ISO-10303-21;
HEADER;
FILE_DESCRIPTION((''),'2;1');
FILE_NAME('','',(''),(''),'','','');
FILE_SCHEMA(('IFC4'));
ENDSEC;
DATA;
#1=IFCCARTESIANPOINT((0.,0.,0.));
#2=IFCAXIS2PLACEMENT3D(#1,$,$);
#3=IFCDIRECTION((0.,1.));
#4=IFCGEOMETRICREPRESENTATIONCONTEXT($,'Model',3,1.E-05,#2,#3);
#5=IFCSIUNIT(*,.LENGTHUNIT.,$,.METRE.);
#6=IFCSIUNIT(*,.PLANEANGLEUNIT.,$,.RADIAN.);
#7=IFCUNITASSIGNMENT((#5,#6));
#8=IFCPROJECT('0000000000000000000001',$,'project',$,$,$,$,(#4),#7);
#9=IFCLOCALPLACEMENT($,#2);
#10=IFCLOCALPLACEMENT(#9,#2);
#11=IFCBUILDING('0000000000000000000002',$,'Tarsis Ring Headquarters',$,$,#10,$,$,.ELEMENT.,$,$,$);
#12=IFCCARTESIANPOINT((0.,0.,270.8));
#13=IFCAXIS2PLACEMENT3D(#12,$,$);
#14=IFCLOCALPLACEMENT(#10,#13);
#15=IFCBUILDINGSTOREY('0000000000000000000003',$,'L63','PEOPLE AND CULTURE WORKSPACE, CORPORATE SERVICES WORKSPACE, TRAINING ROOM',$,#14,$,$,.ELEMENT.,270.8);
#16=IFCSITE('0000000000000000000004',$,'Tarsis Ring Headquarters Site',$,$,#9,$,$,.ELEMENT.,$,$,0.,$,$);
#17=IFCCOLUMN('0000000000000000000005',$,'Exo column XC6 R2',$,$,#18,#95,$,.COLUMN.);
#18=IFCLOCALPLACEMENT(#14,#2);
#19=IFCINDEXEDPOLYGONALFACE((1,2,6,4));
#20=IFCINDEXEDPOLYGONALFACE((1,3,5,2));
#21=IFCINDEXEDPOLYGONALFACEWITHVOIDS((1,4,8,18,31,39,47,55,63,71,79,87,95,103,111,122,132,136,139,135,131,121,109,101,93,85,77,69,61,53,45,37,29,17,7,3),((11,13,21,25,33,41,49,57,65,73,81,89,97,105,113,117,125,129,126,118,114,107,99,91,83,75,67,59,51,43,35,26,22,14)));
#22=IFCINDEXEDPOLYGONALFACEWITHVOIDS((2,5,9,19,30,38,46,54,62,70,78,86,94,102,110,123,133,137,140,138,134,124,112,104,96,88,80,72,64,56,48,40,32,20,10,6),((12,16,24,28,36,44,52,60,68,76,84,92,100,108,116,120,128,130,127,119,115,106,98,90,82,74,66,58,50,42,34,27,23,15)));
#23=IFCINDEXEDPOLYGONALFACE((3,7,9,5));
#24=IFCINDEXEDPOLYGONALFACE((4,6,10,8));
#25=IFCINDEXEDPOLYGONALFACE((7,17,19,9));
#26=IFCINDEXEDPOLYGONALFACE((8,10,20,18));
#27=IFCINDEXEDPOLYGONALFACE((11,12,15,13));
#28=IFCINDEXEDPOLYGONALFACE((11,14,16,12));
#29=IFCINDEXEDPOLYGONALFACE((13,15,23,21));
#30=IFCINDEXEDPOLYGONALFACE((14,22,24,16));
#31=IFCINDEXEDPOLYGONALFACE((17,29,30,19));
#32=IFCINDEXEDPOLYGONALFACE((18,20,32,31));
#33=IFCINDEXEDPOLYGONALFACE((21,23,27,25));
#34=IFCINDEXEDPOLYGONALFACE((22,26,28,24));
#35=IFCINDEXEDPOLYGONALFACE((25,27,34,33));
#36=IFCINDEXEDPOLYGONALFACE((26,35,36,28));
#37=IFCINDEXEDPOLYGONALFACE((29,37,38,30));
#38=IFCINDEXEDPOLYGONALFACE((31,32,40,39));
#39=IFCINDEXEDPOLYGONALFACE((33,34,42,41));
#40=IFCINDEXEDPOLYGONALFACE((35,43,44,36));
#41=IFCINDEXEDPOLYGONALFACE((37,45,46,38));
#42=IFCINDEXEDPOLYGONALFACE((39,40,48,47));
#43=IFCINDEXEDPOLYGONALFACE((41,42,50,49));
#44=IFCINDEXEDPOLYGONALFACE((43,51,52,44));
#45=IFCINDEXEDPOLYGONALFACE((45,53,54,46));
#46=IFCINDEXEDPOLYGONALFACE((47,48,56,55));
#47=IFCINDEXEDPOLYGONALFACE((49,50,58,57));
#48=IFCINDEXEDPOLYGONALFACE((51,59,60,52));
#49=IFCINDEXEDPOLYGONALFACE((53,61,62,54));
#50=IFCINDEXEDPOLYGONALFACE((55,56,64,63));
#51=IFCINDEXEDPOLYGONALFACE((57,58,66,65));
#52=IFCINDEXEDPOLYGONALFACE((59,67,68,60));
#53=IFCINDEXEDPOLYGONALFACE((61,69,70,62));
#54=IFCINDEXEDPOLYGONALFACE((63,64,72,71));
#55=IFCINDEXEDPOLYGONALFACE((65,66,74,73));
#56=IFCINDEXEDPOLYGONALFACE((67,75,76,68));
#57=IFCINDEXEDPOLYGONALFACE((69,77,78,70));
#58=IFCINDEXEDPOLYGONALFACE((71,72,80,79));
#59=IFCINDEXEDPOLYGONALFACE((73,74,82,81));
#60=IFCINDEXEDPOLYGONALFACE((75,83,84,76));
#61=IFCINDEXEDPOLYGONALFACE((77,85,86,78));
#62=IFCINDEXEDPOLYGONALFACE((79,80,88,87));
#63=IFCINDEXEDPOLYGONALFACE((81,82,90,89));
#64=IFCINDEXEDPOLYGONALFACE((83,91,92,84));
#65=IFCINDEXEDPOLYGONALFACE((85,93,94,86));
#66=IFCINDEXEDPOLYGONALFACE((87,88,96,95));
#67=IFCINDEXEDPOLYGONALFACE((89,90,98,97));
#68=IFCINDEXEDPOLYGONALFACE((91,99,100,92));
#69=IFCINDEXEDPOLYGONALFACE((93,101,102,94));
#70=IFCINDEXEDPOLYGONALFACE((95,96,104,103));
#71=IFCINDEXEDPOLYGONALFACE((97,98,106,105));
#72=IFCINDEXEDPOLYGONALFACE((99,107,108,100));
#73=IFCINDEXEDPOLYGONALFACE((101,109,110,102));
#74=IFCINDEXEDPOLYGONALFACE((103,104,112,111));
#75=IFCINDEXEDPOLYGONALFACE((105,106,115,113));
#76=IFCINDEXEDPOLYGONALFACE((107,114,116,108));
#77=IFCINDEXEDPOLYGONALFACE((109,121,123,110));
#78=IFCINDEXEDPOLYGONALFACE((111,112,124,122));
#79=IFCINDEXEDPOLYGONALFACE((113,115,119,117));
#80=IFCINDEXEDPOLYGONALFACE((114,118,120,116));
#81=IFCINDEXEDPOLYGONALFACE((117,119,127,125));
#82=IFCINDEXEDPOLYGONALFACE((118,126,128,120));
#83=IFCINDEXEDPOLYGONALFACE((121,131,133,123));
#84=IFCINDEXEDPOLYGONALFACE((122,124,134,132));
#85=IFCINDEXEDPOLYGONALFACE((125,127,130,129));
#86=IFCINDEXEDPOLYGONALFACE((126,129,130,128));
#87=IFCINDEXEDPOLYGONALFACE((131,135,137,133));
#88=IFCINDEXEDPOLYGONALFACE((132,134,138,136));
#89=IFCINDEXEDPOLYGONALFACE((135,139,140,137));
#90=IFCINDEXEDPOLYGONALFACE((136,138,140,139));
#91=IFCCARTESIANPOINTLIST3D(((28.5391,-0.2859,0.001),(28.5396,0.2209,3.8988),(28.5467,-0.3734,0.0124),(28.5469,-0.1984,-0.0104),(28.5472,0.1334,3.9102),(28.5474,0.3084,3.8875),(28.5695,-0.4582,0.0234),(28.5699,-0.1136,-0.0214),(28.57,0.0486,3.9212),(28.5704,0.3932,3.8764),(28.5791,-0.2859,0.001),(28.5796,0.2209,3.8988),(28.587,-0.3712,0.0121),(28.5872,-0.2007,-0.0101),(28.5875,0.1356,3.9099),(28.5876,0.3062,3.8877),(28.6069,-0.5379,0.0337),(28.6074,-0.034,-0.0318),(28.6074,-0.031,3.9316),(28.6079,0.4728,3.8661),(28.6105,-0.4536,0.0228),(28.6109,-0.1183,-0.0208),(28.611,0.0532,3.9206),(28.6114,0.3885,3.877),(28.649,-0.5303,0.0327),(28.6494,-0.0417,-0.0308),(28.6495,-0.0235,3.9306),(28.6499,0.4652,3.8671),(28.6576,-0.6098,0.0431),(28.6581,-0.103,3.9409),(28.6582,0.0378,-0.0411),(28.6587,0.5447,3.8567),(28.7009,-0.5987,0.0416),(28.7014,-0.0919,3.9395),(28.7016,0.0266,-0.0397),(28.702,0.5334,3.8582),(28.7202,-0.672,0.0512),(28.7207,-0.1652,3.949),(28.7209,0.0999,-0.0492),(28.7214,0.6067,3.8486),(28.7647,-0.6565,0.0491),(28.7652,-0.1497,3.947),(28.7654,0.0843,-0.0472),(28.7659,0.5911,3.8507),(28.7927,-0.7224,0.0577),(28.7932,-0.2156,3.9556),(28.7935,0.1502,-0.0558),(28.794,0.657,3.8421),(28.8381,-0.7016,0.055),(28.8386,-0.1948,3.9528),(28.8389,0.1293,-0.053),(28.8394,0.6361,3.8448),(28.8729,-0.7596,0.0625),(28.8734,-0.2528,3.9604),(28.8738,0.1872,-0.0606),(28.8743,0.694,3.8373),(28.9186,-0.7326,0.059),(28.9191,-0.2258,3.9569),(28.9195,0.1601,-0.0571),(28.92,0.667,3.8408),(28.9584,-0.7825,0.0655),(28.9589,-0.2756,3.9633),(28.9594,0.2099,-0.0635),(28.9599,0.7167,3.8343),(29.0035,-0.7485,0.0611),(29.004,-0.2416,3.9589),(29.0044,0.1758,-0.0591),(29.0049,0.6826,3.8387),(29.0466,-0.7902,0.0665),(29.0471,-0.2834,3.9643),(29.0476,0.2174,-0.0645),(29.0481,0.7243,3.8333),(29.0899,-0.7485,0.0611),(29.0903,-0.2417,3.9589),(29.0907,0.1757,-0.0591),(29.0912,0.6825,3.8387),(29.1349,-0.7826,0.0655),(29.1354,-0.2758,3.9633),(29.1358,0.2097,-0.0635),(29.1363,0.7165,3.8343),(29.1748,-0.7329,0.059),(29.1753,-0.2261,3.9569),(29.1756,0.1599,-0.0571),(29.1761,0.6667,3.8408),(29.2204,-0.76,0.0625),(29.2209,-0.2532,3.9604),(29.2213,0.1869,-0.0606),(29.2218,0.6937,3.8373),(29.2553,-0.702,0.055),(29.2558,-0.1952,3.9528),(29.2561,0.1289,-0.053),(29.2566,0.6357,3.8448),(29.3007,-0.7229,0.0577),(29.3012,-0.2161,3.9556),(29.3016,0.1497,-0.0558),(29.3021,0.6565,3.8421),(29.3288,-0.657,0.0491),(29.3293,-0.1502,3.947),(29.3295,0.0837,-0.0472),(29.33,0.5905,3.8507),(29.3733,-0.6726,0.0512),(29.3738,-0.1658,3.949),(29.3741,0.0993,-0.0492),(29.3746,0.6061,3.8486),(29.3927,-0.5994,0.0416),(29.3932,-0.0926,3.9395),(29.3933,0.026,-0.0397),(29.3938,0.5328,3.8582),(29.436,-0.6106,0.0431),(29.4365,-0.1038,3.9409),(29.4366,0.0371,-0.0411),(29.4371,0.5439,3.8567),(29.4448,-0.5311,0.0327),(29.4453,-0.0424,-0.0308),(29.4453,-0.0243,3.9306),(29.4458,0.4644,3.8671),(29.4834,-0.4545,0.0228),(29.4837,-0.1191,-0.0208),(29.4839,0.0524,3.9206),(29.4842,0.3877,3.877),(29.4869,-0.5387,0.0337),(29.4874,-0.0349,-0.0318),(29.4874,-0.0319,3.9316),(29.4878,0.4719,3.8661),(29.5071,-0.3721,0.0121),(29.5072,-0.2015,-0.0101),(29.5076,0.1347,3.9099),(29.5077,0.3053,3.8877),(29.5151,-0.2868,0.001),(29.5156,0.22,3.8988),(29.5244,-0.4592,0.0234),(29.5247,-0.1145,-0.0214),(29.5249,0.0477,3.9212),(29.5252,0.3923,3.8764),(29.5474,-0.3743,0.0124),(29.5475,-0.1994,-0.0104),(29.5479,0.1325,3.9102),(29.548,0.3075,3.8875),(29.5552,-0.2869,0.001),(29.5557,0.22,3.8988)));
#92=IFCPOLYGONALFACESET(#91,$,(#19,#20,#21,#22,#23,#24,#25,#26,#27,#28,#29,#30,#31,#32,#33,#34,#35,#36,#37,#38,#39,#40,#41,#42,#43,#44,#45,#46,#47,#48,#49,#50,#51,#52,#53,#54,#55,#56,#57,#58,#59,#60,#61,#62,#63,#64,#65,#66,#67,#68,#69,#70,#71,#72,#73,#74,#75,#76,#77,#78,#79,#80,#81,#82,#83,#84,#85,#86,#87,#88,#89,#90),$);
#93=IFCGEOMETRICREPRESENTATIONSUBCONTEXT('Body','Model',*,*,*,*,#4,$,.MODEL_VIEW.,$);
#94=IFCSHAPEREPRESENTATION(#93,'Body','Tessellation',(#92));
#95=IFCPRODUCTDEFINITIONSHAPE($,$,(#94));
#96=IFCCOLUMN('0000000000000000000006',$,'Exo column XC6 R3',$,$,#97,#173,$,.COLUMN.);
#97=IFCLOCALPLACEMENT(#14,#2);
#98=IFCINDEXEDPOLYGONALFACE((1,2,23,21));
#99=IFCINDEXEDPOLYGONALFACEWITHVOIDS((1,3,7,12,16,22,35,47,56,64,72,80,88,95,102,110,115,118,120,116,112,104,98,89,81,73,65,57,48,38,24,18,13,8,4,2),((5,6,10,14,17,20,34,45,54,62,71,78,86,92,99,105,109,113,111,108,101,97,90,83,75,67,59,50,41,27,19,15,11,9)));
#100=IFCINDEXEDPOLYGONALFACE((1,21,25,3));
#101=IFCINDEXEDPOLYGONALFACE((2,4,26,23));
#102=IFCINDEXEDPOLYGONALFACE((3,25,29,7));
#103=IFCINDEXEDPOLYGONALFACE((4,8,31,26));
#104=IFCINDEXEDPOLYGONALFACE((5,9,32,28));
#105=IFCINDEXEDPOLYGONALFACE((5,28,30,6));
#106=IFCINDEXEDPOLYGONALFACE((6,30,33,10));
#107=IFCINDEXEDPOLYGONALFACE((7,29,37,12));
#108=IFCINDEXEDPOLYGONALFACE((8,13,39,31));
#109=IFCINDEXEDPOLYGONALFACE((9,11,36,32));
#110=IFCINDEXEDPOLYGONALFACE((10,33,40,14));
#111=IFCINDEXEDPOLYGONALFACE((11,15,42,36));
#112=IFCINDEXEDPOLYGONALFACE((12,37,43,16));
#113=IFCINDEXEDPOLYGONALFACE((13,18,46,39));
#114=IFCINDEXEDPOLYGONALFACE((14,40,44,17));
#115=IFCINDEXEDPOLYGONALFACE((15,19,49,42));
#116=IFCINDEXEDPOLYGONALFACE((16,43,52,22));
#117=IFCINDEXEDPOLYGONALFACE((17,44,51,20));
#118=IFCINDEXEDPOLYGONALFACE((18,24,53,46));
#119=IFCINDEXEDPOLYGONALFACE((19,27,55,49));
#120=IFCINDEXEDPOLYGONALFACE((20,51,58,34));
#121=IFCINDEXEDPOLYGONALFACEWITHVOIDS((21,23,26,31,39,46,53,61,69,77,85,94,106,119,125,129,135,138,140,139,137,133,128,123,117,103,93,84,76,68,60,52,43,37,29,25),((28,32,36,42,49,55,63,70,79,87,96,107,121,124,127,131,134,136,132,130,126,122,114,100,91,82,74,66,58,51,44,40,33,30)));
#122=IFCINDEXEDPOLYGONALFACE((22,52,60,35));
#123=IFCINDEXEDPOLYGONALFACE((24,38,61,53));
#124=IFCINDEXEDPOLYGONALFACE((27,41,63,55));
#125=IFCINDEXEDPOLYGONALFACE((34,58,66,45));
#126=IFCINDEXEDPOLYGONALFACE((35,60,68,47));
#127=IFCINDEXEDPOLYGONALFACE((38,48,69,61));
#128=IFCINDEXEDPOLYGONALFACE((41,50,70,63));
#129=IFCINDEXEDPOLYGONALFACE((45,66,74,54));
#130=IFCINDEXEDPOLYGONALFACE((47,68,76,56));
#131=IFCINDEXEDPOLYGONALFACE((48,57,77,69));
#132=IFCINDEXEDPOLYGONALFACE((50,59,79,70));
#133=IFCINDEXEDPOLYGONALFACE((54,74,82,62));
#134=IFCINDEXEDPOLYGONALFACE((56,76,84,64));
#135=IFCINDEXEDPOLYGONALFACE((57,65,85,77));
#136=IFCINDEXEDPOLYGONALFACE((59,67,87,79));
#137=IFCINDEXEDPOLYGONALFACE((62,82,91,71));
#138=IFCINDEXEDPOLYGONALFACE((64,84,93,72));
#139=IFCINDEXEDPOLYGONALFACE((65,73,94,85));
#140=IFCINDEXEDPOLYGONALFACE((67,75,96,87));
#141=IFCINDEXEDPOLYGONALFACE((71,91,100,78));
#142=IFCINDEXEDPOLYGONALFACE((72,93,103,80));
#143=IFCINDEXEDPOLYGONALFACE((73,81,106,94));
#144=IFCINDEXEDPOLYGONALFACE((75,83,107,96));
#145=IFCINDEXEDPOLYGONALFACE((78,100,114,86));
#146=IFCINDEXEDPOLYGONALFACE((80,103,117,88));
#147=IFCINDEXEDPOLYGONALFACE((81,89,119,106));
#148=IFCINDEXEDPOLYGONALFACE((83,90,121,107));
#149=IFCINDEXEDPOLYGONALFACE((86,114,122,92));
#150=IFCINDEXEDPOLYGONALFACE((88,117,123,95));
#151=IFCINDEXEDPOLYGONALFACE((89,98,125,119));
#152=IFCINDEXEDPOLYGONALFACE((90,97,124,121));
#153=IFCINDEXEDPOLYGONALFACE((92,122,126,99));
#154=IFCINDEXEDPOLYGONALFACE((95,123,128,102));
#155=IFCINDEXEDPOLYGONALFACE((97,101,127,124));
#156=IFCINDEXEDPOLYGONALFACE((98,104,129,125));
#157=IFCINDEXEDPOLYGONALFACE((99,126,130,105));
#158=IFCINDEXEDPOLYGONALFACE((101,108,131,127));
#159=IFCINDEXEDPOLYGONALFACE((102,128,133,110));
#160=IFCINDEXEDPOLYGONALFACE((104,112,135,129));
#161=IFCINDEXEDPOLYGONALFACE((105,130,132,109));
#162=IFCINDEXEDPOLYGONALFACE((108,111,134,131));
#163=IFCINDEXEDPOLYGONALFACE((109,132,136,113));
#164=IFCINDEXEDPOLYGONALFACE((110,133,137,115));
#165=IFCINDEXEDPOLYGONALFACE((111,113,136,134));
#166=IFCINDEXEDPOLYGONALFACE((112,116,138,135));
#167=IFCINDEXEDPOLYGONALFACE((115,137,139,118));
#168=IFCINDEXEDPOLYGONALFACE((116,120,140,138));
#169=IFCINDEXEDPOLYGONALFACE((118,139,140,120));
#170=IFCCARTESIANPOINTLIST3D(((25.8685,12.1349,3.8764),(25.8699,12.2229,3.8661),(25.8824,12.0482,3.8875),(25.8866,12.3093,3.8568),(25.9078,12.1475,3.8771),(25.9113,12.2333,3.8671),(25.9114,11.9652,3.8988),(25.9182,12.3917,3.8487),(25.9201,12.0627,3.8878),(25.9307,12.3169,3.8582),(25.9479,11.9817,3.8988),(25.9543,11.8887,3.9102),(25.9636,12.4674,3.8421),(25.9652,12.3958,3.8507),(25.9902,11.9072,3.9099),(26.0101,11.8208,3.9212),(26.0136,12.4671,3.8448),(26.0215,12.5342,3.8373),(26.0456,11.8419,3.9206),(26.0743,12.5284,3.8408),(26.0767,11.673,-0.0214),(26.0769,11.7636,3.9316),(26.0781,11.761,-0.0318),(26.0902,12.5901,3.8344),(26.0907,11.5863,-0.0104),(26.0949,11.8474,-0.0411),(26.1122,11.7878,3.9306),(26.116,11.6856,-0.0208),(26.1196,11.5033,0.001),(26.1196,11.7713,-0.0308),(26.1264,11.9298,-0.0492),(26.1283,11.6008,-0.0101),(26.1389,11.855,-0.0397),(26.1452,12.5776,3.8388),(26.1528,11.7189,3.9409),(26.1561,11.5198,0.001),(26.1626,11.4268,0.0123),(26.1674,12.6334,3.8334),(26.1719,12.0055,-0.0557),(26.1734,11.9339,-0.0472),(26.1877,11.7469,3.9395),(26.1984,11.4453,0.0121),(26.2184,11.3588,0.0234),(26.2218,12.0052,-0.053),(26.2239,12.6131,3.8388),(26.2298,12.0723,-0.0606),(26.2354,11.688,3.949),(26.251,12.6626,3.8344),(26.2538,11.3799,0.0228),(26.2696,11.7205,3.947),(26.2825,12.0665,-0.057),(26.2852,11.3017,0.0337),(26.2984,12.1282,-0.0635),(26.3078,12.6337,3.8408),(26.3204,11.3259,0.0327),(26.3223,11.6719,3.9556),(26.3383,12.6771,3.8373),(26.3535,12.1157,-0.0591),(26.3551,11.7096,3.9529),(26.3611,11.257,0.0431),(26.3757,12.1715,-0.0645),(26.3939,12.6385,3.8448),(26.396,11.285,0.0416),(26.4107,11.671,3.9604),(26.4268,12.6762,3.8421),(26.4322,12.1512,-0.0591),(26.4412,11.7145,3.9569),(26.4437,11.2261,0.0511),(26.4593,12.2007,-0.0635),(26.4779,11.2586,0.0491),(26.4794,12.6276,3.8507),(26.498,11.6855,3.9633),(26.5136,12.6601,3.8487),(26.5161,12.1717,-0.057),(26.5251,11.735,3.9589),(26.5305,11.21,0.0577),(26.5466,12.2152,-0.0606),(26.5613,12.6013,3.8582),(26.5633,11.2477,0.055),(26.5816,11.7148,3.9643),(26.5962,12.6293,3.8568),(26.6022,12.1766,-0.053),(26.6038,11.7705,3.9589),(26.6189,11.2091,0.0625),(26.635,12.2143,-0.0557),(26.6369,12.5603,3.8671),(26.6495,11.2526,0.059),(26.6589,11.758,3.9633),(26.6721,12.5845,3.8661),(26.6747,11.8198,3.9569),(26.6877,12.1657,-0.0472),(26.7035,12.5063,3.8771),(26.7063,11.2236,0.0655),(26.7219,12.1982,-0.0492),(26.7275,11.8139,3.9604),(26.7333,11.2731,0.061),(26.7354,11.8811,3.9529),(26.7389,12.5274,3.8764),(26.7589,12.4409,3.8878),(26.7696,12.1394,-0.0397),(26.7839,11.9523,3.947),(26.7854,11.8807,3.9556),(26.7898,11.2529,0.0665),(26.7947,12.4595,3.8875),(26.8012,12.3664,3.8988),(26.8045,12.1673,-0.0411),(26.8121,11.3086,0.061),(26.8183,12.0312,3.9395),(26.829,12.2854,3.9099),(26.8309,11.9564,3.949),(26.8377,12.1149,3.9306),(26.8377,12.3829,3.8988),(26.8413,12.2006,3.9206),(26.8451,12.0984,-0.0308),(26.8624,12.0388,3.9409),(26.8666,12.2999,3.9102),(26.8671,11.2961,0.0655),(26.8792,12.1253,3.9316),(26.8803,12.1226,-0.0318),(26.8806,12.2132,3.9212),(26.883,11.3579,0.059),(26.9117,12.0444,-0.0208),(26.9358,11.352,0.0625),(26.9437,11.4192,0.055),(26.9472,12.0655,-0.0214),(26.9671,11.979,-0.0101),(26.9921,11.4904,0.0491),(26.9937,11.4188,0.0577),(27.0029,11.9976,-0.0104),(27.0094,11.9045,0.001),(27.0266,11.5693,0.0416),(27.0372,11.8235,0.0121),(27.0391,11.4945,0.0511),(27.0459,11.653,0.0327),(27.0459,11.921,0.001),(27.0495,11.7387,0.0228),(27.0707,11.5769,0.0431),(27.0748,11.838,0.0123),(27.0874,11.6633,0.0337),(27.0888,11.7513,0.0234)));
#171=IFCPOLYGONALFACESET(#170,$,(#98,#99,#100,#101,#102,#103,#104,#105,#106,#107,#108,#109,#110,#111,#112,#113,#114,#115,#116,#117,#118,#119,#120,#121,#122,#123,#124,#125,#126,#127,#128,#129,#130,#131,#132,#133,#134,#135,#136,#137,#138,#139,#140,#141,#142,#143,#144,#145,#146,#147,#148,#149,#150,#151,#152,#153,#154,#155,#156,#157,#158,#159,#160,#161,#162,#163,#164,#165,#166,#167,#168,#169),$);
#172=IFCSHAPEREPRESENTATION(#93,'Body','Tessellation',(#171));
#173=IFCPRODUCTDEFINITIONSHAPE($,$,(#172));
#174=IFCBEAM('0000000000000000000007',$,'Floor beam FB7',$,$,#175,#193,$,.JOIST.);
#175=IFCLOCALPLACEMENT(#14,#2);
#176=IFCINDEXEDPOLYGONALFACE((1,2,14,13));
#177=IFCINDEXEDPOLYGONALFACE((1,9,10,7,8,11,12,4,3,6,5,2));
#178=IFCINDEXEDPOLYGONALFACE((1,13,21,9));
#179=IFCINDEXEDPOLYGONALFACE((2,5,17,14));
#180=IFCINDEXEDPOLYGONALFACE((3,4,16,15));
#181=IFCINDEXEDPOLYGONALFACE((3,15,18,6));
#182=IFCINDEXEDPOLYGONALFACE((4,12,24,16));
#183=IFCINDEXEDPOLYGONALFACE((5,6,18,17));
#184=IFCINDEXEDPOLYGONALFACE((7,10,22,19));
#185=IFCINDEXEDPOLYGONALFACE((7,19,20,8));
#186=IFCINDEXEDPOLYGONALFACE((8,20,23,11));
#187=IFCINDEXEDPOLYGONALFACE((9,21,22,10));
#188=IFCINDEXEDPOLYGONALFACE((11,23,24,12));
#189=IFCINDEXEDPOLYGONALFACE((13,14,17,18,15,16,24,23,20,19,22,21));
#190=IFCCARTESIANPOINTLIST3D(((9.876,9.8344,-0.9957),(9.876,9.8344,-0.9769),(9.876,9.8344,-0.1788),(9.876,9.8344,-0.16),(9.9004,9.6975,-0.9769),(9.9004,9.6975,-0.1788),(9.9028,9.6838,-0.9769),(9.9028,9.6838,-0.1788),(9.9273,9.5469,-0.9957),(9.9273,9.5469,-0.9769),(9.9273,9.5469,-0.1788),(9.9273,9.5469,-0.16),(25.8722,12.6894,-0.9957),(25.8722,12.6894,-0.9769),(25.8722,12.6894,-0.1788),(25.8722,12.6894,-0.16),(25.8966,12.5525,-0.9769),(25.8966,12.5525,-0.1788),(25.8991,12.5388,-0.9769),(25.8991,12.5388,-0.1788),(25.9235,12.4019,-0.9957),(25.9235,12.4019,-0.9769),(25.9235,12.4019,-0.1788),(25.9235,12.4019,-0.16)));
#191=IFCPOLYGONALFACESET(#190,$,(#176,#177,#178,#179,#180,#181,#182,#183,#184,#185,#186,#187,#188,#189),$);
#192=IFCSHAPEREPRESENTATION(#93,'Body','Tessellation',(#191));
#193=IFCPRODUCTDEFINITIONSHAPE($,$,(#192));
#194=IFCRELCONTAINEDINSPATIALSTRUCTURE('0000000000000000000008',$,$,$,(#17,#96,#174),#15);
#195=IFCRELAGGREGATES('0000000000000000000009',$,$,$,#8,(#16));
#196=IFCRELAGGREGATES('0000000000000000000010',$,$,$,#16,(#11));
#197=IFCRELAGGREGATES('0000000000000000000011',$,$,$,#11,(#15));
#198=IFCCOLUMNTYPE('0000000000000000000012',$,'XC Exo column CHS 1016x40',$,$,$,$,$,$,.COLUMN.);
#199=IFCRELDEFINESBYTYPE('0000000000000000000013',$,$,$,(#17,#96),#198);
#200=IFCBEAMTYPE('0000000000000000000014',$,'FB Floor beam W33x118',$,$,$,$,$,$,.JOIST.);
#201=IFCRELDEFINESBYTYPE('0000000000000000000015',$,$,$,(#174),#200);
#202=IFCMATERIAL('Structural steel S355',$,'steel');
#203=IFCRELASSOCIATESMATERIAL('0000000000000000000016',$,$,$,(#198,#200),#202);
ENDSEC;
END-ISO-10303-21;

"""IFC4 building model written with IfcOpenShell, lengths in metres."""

from ifc_helpers import new_model, si_unit, direction, frame, origin, origin_2d, place, context, subcontext, project, spatial, hollow_circle, i_section, extrude, material, material_profile, profile_set, type_object, element, save


model = new_model("IFC4")

# Units and contexts
model_context = context("Model", 3, precision=1e-05, world=origin(), true_north=direction((0.0, 1.0)))
body_context = subcontext(model_context, "Body", "Model", "MODEL_VIEW")
ifc_project = project(units=[si_unit("LENGTHUNIT", "METRE"), si_unit("PLANEANGLEUNIT", "RADIAN")], contexts=[model_context])

# Site, building, storey
site_placement = place(None, origin())
site = spatial("IfcSite", under=ifc_project, at=site_placement, Name="Tarsis Ring Headquarters Site", CompositionType="ELEMENT", RefElevation=0.0)
building_placement = place(site_placement, origin())
building = spatial("IfcBuilding", under=site, at=building_placement, Name="Tarsis Ring Headquarters", CompositionType="ELEMENT")
storey_placement = place(building_placement, frame((0.0, 0.0, 270.8)))
storey = spatial("IfcBuildingStorey", under=building, at=storey_placement, Name="L63", Description="PEOPLE AND CULTURE WORKSPACE, CORPORATE SERVICES WORKSPACE, TRAINING ROOM", CompositionType="ELEMENT", Elevation=270.8)

# Columns
ifc_material_1 = material(Name="Structural steel S355", Category="steel")
ifc_material_profile_1 = material_profile(ifc_material_1, hollow_circle(Radius=0.5081, WallThickness=0.04, at=origin_2d()), Name="CHS 1016x40")
ifc_profile_set_1 = profile_set([ifc_material_profile_1], Name="Structural steel S355")
column_type = type_object("IfcColumnType", Name="XC Exo column CHS 1016x40", PredefinedType="COLUMN", material=ifc_profile_set_1)
for number, where, z_axis, x_axis, name in (
    (1, (29.0471, -0.2864, 0.001), (0.000124, 0.128941, 0.991652), (-1.0, 0.000963, 0.0), "Exo column XC6 R2"),
    (2, (26.5828, 11.7122, 0.001), (-0.05298, 0.117513, 0.991657), (-0.911633, -0.411006, 0.0), "Exo column XC6 R3"),
):
    element("IfcColumn", number, at=place(storey_placement, frame(where, z_axis=z_axis, x_axis=x_axis)), inside=storey, type_object=column_type, Name=name, PredefinedType="COLUMN", context=body_context, shape_type="SweptSolid", body=[
        extrude(hollow_circle(Radius=0.5081, WallThickness=0.04, at=origin_2d()), origin(), (0.0, 0.0, 1.0), 3.9307),
    ])

# Beam
ifc_material_profile_2 = material_profile(ifc_material_1, i_section(OverallWidth=0.292, OverallDepth=0.8357, WebThickness=0.0139, FlangeThickness=0.0188, at=origin_2d()), Name="W33x118")
ifc_profile_set_2 = profile_set([ifc_material_profile_2], Name="Structural steel S355")
beam_type_1 = type_object("IfcBeamType", Name="FB Floor beam W33x118", PredefinedType="JOIST", material=ifc_profile_set_2)
beam_1_placement = place(storey_placement, frame((9.9016, 9.6907, -0.5779), z_axis=(0.984444, 0.175701, 0.0), x_axis=(-0.175701, 0.984444, 0.0)))
element("IfcBeam", 3, at=beam_1_placement, inside=storey, type_object=beam_type_1, Name="Floor beam FB7", PredefinedType="JOIST", context=body_context, shape_type="SweptSolid", body=[
    extrude(i_section(OverallWidth=0.292, OverallDepth=0.8357, WebThickness=0.0139, FlangeThickness=0.0188, at=origin_2d()), origin(), (0.0, 0.0, 1.0), 16.249),
])

save(model, "model.ifc")
